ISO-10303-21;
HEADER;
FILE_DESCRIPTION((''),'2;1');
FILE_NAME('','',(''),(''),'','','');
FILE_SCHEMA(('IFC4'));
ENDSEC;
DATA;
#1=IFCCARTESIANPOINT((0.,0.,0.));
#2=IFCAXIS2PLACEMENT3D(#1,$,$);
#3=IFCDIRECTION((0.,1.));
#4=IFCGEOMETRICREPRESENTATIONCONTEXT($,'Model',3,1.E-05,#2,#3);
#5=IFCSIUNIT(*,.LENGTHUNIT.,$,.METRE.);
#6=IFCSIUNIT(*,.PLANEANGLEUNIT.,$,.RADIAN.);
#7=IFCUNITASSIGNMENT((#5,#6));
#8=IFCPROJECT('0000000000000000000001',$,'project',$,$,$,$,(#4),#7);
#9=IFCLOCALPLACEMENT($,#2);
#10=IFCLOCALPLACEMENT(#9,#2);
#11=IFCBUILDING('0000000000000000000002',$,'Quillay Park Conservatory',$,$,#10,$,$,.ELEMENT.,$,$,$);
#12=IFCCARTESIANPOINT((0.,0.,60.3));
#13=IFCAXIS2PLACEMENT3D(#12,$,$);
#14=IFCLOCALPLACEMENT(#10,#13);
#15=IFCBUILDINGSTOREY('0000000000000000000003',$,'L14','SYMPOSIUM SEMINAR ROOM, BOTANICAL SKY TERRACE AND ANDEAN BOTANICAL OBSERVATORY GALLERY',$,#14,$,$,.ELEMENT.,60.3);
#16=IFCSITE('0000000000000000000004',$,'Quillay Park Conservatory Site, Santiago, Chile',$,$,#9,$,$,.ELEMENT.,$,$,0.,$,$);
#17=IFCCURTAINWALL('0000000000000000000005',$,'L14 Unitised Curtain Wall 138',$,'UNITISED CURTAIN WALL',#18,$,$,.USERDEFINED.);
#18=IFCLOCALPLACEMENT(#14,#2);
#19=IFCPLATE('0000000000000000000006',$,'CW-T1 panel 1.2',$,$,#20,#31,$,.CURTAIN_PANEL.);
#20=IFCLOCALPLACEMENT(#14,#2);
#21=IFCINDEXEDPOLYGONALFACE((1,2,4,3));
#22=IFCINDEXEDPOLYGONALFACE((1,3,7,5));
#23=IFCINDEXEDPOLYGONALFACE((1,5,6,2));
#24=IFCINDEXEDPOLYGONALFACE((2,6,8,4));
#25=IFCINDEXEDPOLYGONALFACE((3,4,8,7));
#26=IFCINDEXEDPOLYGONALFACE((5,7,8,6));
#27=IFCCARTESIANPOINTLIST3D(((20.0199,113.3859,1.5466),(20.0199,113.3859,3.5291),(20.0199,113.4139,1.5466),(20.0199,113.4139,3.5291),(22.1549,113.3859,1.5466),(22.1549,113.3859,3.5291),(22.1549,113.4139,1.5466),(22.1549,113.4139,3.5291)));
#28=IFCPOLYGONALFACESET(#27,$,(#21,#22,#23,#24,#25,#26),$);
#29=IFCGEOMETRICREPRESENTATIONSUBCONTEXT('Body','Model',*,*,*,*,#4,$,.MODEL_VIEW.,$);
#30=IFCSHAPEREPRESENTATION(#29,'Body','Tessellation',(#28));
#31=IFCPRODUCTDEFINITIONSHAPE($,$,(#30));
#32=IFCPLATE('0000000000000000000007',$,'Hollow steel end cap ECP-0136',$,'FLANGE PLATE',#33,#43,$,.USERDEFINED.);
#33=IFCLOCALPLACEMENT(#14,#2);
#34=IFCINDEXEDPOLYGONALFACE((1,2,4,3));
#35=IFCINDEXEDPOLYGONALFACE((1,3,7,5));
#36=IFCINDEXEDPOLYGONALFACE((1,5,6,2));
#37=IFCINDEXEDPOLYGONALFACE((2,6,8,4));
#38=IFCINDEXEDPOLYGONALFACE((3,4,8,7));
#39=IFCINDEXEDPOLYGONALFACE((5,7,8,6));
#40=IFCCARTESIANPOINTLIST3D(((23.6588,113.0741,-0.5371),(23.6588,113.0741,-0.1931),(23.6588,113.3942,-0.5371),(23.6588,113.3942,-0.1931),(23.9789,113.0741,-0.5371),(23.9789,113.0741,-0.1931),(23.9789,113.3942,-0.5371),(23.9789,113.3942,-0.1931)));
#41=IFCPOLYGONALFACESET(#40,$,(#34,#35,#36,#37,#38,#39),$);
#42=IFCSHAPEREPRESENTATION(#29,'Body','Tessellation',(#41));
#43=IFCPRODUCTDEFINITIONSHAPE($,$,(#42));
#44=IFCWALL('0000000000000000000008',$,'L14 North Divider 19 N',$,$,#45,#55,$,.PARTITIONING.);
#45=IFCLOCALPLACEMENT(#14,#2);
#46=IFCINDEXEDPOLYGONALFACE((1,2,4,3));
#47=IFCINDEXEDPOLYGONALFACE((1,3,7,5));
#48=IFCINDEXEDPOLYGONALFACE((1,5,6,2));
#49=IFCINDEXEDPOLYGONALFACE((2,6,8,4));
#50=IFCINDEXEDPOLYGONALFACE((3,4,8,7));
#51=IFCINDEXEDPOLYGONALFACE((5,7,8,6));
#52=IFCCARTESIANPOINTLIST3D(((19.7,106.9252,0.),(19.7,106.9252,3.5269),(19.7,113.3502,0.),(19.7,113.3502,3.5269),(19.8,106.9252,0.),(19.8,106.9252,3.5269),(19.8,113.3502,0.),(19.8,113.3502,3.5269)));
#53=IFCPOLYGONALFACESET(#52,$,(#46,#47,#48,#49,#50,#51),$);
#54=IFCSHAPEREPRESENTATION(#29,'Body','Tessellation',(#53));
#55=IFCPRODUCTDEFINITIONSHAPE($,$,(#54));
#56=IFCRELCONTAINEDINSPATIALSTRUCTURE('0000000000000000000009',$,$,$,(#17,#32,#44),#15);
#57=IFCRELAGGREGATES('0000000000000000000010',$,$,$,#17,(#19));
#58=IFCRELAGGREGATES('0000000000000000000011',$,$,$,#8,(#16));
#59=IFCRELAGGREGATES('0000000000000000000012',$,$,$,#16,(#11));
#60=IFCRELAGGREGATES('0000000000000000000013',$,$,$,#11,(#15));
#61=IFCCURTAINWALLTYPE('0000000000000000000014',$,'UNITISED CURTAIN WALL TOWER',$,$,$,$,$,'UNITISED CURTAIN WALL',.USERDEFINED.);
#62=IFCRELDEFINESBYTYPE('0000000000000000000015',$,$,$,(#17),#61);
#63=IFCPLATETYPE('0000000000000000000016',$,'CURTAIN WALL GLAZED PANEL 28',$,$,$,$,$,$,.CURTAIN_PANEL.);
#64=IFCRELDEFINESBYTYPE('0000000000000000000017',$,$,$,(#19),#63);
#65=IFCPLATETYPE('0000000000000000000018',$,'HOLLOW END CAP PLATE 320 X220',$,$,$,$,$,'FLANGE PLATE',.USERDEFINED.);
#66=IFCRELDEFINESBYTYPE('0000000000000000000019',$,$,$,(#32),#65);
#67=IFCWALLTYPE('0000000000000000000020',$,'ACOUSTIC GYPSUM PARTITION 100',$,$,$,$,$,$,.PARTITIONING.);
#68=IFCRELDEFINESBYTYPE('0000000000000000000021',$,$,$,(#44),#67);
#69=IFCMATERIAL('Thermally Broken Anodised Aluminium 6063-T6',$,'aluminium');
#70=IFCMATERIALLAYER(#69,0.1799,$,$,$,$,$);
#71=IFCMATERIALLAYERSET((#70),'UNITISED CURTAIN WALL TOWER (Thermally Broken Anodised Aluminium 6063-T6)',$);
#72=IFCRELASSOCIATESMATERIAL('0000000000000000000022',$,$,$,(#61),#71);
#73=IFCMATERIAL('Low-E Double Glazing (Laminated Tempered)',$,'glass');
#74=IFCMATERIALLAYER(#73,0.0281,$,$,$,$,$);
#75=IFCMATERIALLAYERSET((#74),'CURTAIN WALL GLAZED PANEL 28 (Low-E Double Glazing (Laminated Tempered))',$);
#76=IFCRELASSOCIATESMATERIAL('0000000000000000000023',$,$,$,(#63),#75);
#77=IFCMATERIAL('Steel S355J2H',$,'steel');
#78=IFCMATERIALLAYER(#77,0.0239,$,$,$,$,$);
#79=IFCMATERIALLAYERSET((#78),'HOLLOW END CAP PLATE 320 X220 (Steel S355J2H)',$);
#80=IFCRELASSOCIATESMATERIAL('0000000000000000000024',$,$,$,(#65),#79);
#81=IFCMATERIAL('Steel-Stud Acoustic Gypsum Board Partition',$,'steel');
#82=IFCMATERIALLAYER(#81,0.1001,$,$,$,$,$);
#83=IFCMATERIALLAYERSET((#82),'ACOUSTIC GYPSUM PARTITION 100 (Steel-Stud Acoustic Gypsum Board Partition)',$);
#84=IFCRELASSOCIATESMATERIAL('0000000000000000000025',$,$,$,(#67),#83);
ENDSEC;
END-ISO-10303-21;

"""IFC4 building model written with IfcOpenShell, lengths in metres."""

from ifc_helpers import new_model, si_unit, direction, frame, frame_2d, origin, origin_2d, place, context, subcontext, project, spatial, rectangle, extrude, material, layer, layer_set, type_object, element, aggregate, save


model = new_model("IFC4")

# Units and contexts
model_context = context("Model", 3, precision=1e-05, world=origin(), true_north=direction((0.0, 1.0)))
body_context = subcontext(model_context, "Body", "Model", "MODEL_VIEW")
ifc_project = project(units=[si_unit("LENGTHUNIT", "METRE"), si_unit("PLANEANGLEUNIT", "RADIAN")], contexts=[model_context])

# Site, building, storey
site_placement = place(None, origin())
site = spatial("IfcSite", under=ifc_project, at=site_placement, Name="Quillay Park Conservatory Site, Santiago, Chile", CompositionType="ELEMENT", RefElevation=0.0)
building_placement = place(site_placement, origin())
building = spatial("IfcBuilding", under=site, at=building_placement, Name="Quillay Park Conservatory", CompositionType="ELEMENT")
storey_placement = place(building_placement, frame((0.0, 0.0, 60.3)))
storey = spatial("IfcBuildingStorey", under=building, at=storey_placement, Name="L14", Description="SYMPOSIUM SEMINAR ROOM, BOTANICAL SKY TERRACE AND ANDEAN BOTANICAL OBSERVATORY GALLERY", CompositionType="ELEMENT", Elevation=60.3)

# Shared definitions
ifc_material_1 = material(Name="Thermally Broken Anodised Aluminium 6063-T6", Category="aluminium")
ifc_layer_1 = layer(ifc_material_1, 0.1799)
ifc_layer_set_1 = layer_set([ifc_layer_1], Name="UNITISED CURTAIN WALL TOWER (Thermally Broken Anodised Aluminium 6063-T6)")
curtain_wall_type = type_object("IfcCurtainWallType", Name="UNITISED CURTAIN WALL TOWER", ElementType="UNITISED CURTAIN WALL", PredefinedType="USERDEFINED", material=ifc_layer_set_1)

# Curtain wall
curtain_wall_1_placement = place(storey_placement, origin())
curtain_wall_1 = element("IfcCurtainWall", 1, at=curtain_wall_1_placement, inside=storey, type_object=curtain_wall_type, Name="L14 Unitised Curtain Wall 138", ObjectType="UNITISED CURTAIN WALL", PredefinedType="USERDEFINED")

# Plates
ifc_material_2 = material(Name="Low-E Double Glazing (Laminated Tempered)", Category="glass")
ifc_layer_2 = layer(ifc_material_2, 0.0281)
ifc_layer_set_2 = layer_set([ifc_layer_2], Name="CURTAIN WALL GLAZED PANEL 28 (Low-E Double Glazing (Laminated Tempered))")
plate_type_1 = type_object("IfcPlateType", Name="CURTAIN WALL GLAZED PANEL 28", PredefinedType="CURTAIN_PANEL", material=ifc_layer_set_2)
plate_1_placement = place(storey_placement, frame((21.0874, 113.3999, 1.5466), z_axis=(0.0, 0.0, 1.0), x_axis=(1.0, 0.0, 0.0)))
plate_1 = element("IfcPlate", 2, at=plate_1_placement, type_object=plate_type_1, Name="CW-T1 panel 1.2", PredefinedType="CURTAIN_PANEL", context=body_context, shape_type="SweptSolid", body=[
    extrude(rectangle(XDim=2.135, YDim=0.0281, at=origin_2d()), origin(), (0.0, 0.0, 1.0), 1.9824),
])
aggregate(curtain_wall_1, [plate_1])
ifc_material_3 = material(Name="Steel S355J2H", Category="steel")
ifc_layer_3 = layer(ifc_material_3, 0.0239)
ifc_layer_set_3 = layer_set([ifc_layer_3], Name="HOLLOW END CAP PLATE 320 X220 (Steel S355J2H)")
plate_type_2 = type_object("IfcPlateType", Name="HOLLOW END CAP PLATE 320 X220", ElementType="FLANGE PLATE", PredefinedType="USERDEFINED", material=ifc_layer_set_3)
plate_2_placement = place(storey_placement, frame((23.8188, 113.2341, -0.5371), z_axis=(0.0, 0.0, 1.0), x_axis=(1.0, 0.0, 0.0)))
element("IfcPlate", 3, at=plate_2_placement, inside=storey, type_object=plate_type_2, Name="Hollow steel end cap ECP-0136", ObjectType="FLANGE PLATE", PredefinedType="USERDEFINED", context=body_context, shape_type="SweptSolid", body=[
    extrude(rectangle(XDim=0.3201, YDim=0.3201, at=origin_2d()), origin(), (0.0, 0.0, 1.0), 0.344),
])

# Wall
ifc_material_4 = material(Name="Steel-Stud Acoustic Gypsum Board Partition", Category="steel")
ifc_layer_4 = layer(ifc_material_4, 0.1001)
ifc_layer_set_4 = layer_set([ifc_layer_4], Name="ACOUSTIC GYPSUM PARTITION 100 (Steel-Stud Acoustic Gypsum Board Partition)")
wall_type = type_object("IfcWallType", Name="ACOUSTIC GYPSUM PARTITION 100", PredefinedType="PARTITIONING", material=ifc_layer_set_4)
wall_placement = place(storey_placement, frame((19.75, 113.3501, 0.0), z_axis=(0.0, 0.0, 1.0), x_axis=(0.0, -1.0, 0.0)))
element("IfcWall", 4, at=wall_placement, inside=storey, type_object=wall_type, Name="L14 North Divider 19 N", PredefinedType="PARTITIONING", context=body_context, shape_type="SweptSolid", body=[
    extrude(rectangle(XDim=6.425, YDim=0.1001, at=frame_2d((3.2124, 0.0))), origin(), (0.0, 0.0, 1.0), 3.5269),
])

save(model, "model.ifc")
